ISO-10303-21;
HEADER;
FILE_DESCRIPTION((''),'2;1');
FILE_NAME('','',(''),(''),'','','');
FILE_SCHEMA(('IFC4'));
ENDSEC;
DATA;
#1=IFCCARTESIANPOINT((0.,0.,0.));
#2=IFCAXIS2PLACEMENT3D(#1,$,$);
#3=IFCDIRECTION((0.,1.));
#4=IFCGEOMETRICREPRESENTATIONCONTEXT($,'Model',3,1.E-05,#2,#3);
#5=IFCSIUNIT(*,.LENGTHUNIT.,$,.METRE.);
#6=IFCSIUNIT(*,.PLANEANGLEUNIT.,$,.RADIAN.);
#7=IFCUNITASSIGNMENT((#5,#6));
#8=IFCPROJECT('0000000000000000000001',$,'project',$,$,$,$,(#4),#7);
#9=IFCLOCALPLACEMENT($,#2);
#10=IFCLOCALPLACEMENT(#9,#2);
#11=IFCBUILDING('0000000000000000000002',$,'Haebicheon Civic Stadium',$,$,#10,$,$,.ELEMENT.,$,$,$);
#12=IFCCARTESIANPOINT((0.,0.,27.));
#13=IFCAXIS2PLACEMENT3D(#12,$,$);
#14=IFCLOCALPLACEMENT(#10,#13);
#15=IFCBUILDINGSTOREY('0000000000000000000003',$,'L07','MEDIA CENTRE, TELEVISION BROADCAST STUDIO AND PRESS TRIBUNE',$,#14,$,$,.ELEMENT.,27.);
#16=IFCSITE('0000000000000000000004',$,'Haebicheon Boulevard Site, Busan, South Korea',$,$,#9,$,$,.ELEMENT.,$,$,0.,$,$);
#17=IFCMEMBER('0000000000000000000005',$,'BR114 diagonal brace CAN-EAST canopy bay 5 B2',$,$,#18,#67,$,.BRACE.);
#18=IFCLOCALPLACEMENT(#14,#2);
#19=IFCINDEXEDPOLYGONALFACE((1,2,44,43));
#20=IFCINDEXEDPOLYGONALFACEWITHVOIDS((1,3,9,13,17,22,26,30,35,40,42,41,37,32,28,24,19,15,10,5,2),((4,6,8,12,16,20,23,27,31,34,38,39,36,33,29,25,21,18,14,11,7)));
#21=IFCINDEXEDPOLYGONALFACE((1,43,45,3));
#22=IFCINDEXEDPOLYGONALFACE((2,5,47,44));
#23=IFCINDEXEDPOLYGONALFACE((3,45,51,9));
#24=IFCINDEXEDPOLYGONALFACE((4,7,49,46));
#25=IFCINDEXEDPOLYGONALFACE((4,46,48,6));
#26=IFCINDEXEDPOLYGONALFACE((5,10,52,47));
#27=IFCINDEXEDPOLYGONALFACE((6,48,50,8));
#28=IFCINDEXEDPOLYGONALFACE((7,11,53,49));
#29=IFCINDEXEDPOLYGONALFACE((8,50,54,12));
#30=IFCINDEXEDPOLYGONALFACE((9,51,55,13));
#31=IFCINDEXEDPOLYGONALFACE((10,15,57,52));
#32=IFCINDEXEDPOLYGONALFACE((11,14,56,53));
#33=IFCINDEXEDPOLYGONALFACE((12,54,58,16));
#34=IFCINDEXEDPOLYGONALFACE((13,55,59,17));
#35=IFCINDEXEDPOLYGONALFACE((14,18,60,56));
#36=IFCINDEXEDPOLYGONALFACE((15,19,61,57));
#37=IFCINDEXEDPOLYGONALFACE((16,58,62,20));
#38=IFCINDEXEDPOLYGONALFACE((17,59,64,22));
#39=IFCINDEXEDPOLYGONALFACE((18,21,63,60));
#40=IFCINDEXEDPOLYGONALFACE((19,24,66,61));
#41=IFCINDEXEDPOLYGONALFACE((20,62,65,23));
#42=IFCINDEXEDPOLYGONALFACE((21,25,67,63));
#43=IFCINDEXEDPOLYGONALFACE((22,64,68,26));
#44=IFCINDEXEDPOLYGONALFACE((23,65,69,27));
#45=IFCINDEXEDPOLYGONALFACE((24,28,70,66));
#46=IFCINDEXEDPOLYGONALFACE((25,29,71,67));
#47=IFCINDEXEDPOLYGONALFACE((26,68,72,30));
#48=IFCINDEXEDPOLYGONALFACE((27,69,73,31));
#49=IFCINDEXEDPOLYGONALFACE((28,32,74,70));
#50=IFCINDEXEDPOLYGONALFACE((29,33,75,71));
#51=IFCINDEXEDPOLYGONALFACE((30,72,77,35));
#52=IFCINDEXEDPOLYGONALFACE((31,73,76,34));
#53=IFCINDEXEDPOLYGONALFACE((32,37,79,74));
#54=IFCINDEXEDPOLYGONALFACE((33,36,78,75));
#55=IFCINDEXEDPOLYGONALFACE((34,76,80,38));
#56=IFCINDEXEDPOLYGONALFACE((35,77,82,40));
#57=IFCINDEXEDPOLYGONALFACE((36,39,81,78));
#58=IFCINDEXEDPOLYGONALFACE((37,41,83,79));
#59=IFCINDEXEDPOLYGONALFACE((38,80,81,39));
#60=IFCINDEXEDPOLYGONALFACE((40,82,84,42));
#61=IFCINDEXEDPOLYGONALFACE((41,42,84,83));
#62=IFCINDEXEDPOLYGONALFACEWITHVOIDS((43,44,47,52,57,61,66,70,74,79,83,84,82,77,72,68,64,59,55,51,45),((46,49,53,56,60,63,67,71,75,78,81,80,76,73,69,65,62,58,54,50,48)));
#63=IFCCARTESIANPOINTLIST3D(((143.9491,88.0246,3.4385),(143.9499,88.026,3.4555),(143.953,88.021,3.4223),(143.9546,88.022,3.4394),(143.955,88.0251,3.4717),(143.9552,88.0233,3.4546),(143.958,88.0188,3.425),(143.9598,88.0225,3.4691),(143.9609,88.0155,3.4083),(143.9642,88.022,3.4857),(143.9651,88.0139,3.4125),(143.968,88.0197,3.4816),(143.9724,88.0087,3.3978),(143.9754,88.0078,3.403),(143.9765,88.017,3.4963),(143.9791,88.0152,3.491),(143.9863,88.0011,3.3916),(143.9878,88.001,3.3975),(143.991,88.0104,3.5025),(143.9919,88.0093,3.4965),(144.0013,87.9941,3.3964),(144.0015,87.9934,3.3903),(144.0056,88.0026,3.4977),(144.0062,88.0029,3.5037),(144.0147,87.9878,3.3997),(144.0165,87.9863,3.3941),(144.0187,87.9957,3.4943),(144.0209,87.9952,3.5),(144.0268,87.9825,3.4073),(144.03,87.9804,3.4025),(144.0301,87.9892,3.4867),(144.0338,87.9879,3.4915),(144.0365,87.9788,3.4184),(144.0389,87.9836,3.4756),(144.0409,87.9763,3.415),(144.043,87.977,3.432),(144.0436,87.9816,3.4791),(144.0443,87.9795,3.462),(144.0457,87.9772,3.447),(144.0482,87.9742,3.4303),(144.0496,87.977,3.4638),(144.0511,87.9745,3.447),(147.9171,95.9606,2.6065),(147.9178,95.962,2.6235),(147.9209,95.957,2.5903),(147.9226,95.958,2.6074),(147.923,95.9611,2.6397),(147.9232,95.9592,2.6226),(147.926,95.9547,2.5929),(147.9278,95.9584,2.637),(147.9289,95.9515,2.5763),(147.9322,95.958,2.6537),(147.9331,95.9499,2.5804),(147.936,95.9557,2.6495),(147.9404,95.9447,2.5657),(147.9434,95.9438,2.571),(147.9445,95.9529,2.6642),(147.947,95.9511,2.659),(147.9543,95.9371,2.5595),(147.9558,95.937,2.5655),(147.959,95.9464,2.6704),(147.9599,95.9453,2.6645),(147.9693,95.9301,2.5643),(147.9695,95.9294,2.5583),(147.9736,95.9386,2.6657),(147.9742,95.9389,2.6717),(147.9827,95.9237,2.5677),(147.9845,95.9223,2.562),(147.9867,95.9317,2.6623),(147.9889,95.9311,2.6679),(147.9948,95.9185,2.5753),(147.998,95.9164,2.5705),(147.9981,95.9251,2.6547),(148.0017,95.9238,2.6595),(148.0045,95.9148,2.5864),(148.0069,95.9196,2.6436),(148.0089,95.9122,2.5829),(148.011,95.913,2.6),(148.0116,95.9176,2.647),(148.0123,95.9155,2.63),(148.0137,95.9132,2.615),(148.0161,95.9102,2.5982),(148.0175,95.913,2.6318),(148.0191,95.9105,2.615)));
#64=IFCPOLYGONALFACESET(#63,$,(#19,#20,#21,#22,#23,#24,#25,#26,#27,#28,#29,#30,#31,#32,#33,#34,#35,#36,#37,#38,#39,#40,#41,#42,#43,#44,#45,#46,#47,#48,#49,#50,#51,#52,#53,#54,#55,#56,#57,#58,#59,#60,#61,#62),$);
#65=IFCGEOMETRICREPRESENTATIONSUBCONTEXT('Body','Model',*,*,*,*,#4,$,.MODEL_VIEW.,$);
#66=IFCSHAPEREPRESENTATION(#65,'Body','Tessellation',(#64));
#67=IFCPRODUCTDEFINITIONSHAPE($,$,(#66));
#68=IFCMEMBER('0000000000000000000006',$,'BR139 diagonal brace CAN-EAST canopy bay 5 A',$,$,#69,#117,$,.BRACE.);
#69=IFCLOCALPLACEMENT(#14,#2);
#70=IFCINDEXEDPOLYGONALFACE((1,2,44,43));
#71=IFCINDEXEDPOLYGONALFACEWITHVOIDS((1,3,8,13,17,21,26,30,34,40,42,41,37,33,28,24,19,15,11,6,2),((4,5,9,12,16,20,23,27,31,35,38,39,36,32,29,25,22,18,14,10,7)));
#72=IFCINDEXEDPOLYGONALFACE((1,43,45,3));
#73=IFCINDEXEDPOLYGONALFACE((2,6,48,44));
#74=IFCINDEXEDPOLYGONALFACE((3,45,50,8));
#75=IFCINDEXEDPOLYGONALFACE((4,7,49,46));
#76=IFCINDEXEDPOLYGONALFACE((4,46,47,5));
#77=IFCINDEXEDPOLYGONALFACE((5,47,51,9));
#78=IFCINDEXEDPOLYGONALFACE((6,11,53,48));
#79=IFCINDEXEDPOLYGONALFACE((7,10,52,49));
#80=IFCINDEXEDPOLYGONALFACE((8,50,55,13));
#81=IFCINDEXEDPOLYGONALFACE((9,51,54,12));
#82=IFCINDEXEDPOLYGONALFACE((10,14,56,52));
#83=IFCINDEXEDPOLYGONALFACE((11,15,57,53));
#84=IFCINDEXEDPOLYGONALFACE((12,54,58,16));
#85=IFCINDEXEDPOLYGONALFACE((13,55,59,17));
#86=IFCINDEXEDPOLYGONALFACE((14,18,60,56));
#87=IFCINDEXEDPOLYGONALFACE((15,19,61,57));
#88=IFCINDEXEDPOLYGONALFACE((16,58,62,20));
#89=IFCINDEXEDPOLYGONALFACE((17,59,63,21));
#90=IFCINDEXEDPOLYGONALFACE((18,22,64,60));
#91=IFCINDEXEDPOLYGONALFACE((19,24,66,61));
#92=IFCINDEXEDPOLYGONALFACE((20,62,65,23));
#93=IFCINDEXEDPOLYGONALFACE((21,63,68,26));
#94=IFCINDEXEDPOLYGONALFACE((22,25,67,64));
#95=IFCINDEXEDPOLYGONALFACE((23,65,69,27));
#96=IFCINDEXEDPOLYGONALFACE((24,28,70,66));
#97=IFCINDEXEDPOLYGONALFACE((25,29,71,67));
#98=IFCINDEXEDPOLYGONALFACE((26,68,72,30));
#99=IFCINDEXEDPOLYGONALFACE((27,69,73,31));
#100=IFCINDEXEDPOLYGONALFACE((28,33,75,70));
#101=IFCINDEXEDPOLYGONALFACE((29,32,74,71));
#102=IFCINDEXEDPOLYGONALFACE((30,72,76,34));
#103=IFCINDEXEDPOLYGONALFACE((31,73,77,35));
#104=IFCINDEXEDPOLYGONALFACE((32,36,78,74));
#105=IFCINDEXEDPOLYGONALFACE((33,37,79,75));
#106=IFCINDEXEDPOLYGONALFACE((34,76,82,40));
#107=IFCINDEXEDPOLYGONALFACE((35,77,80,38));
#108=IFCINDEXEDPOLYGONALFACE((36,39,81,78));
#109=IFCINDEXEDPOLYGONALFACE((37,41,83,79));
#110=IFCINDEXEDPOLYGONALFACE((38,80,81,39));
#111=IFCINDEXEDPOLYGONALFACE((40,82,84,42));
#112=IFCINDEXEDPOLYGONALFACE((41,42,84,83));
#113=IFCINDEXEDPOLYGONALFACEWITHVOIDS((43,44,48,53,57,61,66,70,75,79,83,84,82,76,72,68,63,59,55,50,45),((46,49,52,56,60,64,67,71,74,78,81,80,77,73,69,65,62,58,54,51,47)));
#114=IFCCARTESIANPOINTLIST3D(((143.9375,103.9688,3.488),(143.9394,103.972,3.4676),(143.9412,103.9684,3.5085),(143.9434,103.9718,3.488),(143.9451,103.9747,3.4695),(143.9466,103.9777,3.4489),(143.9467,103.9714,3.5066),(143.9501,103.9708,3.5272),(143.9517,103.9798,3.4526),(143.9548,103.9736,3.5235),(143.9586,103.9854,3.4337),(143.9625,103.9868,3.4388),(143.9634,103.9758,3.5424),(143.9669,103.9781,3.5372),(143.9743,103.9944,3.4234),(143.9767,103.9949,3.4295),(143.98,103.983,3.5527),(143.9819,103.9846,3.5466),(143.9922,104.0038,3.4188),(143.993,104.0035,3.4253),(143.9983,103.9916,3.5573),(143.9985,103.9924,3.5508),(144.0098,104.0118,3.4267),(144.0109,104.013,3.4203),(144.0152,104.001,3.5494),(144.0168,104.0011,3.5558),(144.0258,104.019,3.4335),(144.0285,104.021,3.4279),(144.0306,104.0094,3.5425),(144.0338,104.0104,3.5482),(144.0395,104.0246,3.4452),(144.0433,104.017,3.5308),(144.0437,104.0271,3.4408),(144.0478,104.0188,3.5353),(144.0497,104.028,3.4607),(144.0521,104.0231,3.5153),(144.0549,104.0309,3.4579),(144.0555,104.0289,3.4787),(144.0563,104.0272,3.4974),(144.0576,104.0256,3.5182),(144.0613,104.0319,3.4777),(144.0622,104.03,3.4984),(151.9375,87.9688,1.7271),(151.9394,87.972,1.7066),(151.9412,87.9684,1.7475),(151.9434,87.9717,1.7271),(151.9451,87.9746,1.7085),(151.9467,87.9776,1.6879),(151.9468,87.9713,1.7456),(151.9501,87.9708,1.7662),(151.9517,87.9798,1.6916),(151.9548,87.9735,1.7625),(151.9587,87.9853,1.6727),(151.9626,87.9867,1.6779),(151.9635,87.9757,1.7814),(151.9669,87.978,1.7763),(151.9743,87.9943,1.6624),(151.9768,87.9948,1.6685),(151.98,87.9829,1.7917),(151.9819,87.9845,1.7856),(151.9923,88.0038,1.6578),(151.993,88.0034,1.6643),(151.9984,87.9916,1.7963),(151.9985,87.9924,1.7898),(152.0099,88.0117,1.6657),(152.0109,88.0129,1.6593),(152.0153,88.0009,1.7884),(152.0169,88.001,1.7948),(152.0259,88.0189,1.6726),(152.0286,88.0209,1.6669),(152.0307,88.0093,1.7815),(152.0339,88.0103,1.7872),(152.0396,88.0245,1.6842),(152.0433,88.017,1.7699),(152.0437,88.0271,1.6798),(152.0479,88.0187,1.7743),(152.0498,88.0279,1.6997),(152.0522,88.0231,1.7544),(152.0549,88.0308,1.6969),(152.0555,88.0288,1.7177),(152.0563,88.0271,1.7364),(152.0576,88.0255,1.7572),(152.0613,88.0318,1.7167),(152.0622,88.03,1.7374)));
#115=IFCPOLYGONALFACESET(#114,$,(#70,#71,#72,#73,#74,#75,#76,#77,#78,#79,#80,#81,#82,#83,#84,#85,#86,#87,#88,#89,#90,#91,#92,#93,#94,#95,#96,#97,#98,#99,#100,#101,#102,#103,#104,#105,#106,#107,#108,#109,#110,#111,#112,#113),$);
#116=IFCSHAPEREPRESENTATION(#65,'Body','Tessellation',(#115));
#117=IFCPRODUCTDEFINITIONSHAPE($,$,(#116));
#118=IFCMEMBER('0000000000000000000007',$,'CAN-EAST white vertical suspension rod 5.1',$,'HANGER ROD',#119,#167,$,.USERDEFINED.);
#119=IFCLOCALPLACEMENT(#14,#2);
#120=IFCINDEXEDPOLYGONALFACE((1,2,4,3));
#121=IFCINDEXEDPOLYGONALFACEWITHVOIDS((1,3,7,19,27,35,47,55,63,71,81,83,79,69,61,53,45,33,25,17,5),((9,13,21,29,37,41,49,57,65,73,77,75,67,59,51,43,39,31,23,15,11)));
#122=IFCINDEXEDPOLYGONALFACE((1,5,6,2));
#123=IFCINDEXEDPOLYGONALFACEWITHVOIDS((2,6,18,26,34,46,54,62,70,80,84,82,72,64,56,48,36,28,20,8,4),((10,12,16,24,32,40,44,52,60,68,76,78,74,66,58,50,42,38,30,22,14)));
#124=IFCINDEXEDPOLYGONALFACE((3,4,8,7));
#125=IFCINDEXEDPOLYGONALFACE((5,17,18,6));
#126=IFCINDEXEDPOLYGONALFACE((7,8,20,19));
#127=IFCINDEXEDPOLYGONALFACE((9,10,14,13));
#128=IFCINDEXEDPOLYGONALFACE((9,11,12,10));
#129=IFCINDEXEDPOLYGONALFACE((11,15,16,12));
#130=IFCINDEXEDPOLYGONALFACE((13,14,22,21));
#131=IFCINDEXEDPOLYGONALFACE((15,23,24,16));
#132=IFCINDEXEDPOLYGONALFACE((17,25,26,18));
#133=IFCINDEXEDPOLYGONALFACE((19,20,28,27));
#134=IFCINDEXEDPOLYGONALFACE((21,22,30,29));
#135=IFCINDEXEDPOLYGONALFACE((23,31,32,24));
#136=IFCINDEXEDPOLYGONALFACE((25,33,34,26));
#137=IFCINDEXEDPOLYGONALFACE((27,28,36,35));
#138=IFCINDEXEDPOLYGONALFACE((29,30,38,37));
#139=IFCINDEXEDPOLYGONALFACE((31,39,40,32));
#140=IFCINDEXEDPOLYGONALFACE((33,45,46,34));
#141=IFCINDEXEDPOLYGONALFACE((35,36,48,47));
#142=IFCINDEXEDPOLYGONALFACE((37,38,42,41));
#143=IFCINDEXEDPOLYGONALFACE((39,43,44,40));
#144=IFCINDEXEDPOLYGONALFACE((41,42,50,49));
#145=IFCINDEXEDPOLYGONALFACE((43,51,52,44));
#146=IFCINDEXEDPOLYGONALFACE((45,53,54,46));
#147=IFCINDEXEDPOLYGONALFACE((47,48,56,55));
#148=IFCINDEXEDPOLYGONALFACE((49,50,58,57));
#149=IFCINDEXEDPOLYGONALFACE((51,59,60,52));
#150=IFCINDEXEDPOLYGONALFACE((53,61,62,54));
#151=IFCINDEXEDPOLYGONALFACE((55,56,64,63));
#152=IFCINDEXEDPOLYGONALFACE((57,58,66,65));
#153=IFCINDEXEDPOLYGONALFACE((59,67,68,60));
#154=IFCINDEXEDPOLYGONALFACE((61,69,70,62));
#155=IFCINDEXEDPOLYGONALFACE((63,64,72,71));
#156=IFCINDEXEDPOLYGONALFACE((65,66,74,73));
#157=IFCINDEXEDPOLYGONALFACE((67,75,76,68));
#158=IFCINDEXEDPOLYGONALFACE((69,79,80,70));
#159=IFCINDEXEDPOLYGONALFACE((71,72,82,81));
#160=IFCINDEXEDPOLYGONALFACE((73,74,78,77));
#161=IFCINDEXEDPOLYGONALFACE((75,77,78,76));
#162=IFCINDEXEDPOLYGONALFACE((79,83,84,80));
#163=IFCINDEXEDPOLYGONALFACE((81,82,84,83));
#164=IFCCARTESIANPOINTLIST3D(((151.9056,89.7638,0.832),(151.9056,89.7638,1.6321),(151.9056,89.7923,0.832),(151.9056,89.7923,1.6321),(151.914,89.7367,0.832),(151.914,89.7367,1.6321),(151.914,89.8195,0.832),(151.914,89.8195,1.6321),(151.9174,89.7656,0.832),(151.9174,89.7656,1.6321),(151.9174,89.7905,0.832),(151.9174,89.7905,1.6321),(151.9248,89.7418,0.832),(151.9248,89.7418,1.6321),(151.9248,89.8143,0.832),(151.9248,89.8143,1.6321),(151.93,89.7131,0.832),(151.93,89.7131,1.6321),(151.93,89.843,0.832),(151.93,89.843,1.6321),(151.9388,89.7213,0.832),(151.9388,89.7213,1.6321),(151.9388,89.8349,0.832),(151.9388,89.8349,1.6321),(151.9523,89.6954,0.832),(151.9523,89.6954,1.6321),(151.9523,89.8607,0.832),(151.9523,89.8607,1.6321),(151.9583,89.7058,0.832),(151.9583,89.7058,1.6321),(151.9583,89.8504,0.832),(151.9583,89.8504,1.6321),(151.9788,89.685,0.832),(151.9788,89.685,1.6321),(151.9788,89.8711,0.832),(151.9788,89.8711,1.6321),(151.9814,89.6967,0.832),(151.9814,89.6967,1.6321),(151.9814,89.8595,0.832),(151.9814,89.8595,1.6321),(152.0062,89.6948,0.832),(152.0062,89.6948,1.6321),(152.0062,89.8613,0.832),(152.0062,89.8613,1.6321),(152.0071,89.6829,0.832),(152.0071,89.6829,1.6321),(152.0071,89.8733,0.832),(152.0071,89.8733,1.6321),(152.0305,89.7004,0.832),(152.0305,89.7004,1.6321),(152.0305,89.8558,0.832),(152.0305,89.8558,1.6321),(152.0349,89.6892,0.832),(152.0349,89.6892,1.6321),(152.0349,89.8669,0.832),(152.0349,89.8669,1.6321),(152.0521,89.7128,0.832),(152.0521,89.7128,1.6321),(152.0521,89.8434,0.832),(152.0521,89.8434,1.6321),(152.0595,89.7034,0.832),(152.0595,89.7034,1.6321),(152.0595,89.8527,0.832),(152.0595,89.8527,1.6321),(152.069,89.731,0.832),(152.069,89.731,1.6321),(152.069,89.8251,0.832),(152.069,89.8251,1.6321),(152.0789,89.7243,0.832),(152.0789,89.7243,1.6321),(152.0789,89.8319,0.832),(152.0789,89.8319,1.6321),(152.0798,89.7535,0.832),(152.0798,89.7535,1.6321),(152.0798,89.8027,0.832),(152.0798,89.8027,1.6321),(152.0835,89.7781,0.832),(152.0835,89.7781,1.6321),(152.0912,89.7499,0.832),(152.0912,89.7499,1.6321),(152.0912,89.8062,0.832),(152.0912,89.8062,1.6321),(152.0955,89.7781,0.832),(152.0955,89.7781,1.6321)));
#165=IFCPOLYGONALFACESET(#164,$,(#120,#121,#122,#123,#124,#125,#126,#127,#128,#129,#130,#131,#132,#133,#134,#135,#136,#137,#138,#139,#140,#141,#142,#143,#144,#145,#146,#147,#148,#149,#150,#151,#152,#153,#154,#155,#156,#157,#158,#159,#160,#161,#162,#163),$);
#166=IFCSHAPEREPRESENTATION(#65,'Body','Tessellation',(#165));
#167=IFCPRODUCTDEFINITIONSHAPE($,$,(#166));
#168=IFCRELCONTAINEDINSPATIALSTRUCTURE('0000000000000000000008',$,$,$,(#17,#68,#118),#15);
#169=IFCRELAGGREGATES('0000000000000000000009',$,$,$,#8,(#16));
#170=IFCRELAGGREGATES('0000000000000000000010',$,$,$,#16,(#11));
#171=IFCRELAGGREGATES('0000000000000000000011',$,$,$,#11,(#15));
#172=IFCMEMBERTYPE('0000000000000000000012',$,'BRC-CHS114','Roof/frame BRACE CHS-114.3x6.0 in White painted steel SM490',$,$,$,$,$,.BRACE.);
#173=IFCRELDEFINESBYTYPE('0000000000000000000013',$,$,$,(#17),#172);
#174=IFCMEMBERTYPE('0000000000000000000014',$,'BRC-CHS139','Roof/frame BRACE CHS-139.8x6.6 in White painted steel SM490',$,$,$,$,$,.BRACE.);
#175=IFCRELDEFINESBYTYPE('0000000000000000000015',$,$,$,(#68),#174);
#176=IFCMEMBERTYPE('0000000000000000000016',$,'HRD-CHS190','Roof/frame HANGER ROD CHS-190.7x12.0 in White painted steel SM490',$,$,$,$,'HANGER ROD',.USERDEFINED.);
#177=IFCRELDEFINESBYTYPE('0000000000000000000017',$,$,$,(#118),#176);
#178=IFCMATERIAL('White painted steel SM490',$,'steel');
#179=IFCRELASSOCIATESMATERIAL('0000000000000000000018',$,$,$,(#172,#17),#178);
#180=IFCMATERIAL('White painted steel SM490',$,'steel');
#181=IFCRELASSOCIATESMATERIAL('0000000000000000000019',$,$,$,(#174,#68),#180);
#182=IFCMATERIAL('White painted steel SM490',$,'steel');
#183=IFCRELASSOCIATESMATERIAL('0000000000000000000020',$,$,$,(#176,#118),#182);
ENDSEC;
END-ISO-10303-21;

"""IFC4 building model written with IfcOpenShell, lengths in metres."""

from ifc_helpers import new_model, si_unit, direction, frame, origin, origin_2d, place, context, subcontext, project, spatial, hollow_circle, extrude, material, material_profile, profile_set, type_object, element, save


model = new_model("IFC4")

# Units and contexts
model_context = context("Model", 3, precision=1e-05, world=origin(), true_north=direction((0.0, 1.0)))
body_context = subcontext(model_context, "Body", "Model", "MODEL_VIEW")
ifc_project = project(units=[si_unit("LENGTHUNIT", "METRE"), si_unit("PLANEANGLEUNIT", "RADIAN")], contexts=[model_context])

# Site, building, storey
site_placement = place(None, origin())
site = spatial("IfcSite", under=ifc_project, at=site_placement, Name="Haebicheon Boulevard Site, Busan, South Korea", CompositionType="ELEMENT", RefElevation=0.0)
building_placement = place(site_placement, origin())
building = spatial("IfcBuilding", under=site, at=building_placement, Name="Haebicheon Civic Stadium", CompositionType="ELEMENT")
storey_placement = place(building_placement, frame((0.0, 0.0, 27.0)))
storey = spatial("IfcBuildingStorey", under=building, at=storey_placement, Name="L07", Description="MEDIA CENTRE, TELEVISION BROADCAST STUDIO AND PRESS TRIBUNE", CompositionType="ELEMENT", Elevation=27.0)

# Members
ifc_material_1 = material(Name="White painted steel SM490", Category="steel")
ifc_material_profile_1 = material_profile(ifc_material_1, hollow_circle(Radius=0.0571, WallThickness=0.0061, at=origin_2d()), Name="CHS-114.3x6.0")
ifc_profile_set_1 = profile_set([ifc_material_profile_1], Name="White painted steel SM490")
member_type_1 = type_object("IfcMemberType", Name="BRC-CHS114", Description="Roof/frame BRACE CHS-114.3x6.0 in White painted steel SM490", PredefinedType="BRACE", material=ifc_profile_set_1)
member_1_placement = place(storey_placement, frame((147.968, 95.936, 2.615), z_axis=(-0.44526, -0.89052, 0.093364), x_axis=(0.894427, -0.447214, 0.0)))
element("IfcMember", 1, at=member_1_placement, inside=storey, type_object=member_type_1, material=ifc_profile_set_1, Name="BR114 diagonal brace CAN-EAST canopy bay 5 B2", PredefinedType="BRACE", context=body_context, shape_type="SweptSolid", body=[
    extrude(hollow_circle(Radius=0.0571, WallThickness=0.0061, at=origin_2d()), origin(), (0.0, 0.0, 1.0), 8.9116),
])
ifc_material_2 = material(Name="White painted steel SM490", Category="steel")
ifc_material_profile_2 = material_profile(ifc_material_2, hollow_circle(Radius=0.0698, WallThickness=0.0066, at=origin_2d()), Name="CHS-139.8x6.6")
ifc_profile_set_2 = profile_set([ifc_material_profile_2], Name="White painted steel SM490")
member_type_2 = type_object("IfcMemberType", Name="BRC-CHS139", Description="Roof/frame BRACE CHS-139.8x6.6 in White painted steel SM490", PredefinedType="BRACE", material=ifc_profile_set_2)
member_2_placement = place(storey_placement, frame((152.0, 88.0, 1.7271), z_axis=(-0.445062, 0.890125, 0.097969), x_axis=(-0.894427, -0.447214, 0.0)))
element("IfcMember", 2, at=member_2_placement, inside=storey, type_object=member_type_2, material=ifc_profile_set_2, Name="BR139 diagonal brace CAN-EAST canopy bay 5 A", PredefinedType="BRACE", context=body_context, shape_type="SweptSolid", body=[
    extrude(hollow_circle(Radius=0.0698, WallThickness=0.0066, at=origin_2d()), origin(), (0.0, 0.0, 1.0), 17.9751),
])
ifc_material_3 = material(Name="White painted steel SM490", Category="steel")
ifc_material_profile_3 = material_profile(ifc_material_3, hollow_circle(Radius=0.0955, WallThickness=0.012, at=origin_2d()), Name="CHS-190.7x12.0")
ifc_profile_set_3 = profile_set([ifc_material_profile_3], Name="White painted steel SM490")
member_type_3 = type_object("IfcMemberType", Name="HRD-CHS190", Description="Roof/frame HANGER ROD CHS-190.7x12.0 in White painted steel SM490", ElementType="HANGER ROD", PredefinedType="USERDEFINED", material=ifc_profile_set_3)
for number, where, z_axis, x_axis, name in (
    (3, (152.0, 89.7781, 0.832), (0.0, 0.0, 1.0), (1.0, 0.0, 0.0), "CAN-EAST white vertical suspension rod 5.1"),
):
    element("IfcMember", number, at=place(storey_placement, frame(where, z_axis=z_axis, x_axis=x_axis)), inside=storey, type_object=member_type_3, material=ifc_profile_set_3, Name=name, ObjectType="HANGER ROD", PredefinedType="USERDEFINED", context=body_context, shape_type="SweptSolid", body=[
        extrude(hollow_circle(Radius=0.0955, WallThickness=0.012, at=origin_2d()), origin(), (0.0, 0.0, 1.0), 0.8),
    ])

save(model, "model.ifc")
